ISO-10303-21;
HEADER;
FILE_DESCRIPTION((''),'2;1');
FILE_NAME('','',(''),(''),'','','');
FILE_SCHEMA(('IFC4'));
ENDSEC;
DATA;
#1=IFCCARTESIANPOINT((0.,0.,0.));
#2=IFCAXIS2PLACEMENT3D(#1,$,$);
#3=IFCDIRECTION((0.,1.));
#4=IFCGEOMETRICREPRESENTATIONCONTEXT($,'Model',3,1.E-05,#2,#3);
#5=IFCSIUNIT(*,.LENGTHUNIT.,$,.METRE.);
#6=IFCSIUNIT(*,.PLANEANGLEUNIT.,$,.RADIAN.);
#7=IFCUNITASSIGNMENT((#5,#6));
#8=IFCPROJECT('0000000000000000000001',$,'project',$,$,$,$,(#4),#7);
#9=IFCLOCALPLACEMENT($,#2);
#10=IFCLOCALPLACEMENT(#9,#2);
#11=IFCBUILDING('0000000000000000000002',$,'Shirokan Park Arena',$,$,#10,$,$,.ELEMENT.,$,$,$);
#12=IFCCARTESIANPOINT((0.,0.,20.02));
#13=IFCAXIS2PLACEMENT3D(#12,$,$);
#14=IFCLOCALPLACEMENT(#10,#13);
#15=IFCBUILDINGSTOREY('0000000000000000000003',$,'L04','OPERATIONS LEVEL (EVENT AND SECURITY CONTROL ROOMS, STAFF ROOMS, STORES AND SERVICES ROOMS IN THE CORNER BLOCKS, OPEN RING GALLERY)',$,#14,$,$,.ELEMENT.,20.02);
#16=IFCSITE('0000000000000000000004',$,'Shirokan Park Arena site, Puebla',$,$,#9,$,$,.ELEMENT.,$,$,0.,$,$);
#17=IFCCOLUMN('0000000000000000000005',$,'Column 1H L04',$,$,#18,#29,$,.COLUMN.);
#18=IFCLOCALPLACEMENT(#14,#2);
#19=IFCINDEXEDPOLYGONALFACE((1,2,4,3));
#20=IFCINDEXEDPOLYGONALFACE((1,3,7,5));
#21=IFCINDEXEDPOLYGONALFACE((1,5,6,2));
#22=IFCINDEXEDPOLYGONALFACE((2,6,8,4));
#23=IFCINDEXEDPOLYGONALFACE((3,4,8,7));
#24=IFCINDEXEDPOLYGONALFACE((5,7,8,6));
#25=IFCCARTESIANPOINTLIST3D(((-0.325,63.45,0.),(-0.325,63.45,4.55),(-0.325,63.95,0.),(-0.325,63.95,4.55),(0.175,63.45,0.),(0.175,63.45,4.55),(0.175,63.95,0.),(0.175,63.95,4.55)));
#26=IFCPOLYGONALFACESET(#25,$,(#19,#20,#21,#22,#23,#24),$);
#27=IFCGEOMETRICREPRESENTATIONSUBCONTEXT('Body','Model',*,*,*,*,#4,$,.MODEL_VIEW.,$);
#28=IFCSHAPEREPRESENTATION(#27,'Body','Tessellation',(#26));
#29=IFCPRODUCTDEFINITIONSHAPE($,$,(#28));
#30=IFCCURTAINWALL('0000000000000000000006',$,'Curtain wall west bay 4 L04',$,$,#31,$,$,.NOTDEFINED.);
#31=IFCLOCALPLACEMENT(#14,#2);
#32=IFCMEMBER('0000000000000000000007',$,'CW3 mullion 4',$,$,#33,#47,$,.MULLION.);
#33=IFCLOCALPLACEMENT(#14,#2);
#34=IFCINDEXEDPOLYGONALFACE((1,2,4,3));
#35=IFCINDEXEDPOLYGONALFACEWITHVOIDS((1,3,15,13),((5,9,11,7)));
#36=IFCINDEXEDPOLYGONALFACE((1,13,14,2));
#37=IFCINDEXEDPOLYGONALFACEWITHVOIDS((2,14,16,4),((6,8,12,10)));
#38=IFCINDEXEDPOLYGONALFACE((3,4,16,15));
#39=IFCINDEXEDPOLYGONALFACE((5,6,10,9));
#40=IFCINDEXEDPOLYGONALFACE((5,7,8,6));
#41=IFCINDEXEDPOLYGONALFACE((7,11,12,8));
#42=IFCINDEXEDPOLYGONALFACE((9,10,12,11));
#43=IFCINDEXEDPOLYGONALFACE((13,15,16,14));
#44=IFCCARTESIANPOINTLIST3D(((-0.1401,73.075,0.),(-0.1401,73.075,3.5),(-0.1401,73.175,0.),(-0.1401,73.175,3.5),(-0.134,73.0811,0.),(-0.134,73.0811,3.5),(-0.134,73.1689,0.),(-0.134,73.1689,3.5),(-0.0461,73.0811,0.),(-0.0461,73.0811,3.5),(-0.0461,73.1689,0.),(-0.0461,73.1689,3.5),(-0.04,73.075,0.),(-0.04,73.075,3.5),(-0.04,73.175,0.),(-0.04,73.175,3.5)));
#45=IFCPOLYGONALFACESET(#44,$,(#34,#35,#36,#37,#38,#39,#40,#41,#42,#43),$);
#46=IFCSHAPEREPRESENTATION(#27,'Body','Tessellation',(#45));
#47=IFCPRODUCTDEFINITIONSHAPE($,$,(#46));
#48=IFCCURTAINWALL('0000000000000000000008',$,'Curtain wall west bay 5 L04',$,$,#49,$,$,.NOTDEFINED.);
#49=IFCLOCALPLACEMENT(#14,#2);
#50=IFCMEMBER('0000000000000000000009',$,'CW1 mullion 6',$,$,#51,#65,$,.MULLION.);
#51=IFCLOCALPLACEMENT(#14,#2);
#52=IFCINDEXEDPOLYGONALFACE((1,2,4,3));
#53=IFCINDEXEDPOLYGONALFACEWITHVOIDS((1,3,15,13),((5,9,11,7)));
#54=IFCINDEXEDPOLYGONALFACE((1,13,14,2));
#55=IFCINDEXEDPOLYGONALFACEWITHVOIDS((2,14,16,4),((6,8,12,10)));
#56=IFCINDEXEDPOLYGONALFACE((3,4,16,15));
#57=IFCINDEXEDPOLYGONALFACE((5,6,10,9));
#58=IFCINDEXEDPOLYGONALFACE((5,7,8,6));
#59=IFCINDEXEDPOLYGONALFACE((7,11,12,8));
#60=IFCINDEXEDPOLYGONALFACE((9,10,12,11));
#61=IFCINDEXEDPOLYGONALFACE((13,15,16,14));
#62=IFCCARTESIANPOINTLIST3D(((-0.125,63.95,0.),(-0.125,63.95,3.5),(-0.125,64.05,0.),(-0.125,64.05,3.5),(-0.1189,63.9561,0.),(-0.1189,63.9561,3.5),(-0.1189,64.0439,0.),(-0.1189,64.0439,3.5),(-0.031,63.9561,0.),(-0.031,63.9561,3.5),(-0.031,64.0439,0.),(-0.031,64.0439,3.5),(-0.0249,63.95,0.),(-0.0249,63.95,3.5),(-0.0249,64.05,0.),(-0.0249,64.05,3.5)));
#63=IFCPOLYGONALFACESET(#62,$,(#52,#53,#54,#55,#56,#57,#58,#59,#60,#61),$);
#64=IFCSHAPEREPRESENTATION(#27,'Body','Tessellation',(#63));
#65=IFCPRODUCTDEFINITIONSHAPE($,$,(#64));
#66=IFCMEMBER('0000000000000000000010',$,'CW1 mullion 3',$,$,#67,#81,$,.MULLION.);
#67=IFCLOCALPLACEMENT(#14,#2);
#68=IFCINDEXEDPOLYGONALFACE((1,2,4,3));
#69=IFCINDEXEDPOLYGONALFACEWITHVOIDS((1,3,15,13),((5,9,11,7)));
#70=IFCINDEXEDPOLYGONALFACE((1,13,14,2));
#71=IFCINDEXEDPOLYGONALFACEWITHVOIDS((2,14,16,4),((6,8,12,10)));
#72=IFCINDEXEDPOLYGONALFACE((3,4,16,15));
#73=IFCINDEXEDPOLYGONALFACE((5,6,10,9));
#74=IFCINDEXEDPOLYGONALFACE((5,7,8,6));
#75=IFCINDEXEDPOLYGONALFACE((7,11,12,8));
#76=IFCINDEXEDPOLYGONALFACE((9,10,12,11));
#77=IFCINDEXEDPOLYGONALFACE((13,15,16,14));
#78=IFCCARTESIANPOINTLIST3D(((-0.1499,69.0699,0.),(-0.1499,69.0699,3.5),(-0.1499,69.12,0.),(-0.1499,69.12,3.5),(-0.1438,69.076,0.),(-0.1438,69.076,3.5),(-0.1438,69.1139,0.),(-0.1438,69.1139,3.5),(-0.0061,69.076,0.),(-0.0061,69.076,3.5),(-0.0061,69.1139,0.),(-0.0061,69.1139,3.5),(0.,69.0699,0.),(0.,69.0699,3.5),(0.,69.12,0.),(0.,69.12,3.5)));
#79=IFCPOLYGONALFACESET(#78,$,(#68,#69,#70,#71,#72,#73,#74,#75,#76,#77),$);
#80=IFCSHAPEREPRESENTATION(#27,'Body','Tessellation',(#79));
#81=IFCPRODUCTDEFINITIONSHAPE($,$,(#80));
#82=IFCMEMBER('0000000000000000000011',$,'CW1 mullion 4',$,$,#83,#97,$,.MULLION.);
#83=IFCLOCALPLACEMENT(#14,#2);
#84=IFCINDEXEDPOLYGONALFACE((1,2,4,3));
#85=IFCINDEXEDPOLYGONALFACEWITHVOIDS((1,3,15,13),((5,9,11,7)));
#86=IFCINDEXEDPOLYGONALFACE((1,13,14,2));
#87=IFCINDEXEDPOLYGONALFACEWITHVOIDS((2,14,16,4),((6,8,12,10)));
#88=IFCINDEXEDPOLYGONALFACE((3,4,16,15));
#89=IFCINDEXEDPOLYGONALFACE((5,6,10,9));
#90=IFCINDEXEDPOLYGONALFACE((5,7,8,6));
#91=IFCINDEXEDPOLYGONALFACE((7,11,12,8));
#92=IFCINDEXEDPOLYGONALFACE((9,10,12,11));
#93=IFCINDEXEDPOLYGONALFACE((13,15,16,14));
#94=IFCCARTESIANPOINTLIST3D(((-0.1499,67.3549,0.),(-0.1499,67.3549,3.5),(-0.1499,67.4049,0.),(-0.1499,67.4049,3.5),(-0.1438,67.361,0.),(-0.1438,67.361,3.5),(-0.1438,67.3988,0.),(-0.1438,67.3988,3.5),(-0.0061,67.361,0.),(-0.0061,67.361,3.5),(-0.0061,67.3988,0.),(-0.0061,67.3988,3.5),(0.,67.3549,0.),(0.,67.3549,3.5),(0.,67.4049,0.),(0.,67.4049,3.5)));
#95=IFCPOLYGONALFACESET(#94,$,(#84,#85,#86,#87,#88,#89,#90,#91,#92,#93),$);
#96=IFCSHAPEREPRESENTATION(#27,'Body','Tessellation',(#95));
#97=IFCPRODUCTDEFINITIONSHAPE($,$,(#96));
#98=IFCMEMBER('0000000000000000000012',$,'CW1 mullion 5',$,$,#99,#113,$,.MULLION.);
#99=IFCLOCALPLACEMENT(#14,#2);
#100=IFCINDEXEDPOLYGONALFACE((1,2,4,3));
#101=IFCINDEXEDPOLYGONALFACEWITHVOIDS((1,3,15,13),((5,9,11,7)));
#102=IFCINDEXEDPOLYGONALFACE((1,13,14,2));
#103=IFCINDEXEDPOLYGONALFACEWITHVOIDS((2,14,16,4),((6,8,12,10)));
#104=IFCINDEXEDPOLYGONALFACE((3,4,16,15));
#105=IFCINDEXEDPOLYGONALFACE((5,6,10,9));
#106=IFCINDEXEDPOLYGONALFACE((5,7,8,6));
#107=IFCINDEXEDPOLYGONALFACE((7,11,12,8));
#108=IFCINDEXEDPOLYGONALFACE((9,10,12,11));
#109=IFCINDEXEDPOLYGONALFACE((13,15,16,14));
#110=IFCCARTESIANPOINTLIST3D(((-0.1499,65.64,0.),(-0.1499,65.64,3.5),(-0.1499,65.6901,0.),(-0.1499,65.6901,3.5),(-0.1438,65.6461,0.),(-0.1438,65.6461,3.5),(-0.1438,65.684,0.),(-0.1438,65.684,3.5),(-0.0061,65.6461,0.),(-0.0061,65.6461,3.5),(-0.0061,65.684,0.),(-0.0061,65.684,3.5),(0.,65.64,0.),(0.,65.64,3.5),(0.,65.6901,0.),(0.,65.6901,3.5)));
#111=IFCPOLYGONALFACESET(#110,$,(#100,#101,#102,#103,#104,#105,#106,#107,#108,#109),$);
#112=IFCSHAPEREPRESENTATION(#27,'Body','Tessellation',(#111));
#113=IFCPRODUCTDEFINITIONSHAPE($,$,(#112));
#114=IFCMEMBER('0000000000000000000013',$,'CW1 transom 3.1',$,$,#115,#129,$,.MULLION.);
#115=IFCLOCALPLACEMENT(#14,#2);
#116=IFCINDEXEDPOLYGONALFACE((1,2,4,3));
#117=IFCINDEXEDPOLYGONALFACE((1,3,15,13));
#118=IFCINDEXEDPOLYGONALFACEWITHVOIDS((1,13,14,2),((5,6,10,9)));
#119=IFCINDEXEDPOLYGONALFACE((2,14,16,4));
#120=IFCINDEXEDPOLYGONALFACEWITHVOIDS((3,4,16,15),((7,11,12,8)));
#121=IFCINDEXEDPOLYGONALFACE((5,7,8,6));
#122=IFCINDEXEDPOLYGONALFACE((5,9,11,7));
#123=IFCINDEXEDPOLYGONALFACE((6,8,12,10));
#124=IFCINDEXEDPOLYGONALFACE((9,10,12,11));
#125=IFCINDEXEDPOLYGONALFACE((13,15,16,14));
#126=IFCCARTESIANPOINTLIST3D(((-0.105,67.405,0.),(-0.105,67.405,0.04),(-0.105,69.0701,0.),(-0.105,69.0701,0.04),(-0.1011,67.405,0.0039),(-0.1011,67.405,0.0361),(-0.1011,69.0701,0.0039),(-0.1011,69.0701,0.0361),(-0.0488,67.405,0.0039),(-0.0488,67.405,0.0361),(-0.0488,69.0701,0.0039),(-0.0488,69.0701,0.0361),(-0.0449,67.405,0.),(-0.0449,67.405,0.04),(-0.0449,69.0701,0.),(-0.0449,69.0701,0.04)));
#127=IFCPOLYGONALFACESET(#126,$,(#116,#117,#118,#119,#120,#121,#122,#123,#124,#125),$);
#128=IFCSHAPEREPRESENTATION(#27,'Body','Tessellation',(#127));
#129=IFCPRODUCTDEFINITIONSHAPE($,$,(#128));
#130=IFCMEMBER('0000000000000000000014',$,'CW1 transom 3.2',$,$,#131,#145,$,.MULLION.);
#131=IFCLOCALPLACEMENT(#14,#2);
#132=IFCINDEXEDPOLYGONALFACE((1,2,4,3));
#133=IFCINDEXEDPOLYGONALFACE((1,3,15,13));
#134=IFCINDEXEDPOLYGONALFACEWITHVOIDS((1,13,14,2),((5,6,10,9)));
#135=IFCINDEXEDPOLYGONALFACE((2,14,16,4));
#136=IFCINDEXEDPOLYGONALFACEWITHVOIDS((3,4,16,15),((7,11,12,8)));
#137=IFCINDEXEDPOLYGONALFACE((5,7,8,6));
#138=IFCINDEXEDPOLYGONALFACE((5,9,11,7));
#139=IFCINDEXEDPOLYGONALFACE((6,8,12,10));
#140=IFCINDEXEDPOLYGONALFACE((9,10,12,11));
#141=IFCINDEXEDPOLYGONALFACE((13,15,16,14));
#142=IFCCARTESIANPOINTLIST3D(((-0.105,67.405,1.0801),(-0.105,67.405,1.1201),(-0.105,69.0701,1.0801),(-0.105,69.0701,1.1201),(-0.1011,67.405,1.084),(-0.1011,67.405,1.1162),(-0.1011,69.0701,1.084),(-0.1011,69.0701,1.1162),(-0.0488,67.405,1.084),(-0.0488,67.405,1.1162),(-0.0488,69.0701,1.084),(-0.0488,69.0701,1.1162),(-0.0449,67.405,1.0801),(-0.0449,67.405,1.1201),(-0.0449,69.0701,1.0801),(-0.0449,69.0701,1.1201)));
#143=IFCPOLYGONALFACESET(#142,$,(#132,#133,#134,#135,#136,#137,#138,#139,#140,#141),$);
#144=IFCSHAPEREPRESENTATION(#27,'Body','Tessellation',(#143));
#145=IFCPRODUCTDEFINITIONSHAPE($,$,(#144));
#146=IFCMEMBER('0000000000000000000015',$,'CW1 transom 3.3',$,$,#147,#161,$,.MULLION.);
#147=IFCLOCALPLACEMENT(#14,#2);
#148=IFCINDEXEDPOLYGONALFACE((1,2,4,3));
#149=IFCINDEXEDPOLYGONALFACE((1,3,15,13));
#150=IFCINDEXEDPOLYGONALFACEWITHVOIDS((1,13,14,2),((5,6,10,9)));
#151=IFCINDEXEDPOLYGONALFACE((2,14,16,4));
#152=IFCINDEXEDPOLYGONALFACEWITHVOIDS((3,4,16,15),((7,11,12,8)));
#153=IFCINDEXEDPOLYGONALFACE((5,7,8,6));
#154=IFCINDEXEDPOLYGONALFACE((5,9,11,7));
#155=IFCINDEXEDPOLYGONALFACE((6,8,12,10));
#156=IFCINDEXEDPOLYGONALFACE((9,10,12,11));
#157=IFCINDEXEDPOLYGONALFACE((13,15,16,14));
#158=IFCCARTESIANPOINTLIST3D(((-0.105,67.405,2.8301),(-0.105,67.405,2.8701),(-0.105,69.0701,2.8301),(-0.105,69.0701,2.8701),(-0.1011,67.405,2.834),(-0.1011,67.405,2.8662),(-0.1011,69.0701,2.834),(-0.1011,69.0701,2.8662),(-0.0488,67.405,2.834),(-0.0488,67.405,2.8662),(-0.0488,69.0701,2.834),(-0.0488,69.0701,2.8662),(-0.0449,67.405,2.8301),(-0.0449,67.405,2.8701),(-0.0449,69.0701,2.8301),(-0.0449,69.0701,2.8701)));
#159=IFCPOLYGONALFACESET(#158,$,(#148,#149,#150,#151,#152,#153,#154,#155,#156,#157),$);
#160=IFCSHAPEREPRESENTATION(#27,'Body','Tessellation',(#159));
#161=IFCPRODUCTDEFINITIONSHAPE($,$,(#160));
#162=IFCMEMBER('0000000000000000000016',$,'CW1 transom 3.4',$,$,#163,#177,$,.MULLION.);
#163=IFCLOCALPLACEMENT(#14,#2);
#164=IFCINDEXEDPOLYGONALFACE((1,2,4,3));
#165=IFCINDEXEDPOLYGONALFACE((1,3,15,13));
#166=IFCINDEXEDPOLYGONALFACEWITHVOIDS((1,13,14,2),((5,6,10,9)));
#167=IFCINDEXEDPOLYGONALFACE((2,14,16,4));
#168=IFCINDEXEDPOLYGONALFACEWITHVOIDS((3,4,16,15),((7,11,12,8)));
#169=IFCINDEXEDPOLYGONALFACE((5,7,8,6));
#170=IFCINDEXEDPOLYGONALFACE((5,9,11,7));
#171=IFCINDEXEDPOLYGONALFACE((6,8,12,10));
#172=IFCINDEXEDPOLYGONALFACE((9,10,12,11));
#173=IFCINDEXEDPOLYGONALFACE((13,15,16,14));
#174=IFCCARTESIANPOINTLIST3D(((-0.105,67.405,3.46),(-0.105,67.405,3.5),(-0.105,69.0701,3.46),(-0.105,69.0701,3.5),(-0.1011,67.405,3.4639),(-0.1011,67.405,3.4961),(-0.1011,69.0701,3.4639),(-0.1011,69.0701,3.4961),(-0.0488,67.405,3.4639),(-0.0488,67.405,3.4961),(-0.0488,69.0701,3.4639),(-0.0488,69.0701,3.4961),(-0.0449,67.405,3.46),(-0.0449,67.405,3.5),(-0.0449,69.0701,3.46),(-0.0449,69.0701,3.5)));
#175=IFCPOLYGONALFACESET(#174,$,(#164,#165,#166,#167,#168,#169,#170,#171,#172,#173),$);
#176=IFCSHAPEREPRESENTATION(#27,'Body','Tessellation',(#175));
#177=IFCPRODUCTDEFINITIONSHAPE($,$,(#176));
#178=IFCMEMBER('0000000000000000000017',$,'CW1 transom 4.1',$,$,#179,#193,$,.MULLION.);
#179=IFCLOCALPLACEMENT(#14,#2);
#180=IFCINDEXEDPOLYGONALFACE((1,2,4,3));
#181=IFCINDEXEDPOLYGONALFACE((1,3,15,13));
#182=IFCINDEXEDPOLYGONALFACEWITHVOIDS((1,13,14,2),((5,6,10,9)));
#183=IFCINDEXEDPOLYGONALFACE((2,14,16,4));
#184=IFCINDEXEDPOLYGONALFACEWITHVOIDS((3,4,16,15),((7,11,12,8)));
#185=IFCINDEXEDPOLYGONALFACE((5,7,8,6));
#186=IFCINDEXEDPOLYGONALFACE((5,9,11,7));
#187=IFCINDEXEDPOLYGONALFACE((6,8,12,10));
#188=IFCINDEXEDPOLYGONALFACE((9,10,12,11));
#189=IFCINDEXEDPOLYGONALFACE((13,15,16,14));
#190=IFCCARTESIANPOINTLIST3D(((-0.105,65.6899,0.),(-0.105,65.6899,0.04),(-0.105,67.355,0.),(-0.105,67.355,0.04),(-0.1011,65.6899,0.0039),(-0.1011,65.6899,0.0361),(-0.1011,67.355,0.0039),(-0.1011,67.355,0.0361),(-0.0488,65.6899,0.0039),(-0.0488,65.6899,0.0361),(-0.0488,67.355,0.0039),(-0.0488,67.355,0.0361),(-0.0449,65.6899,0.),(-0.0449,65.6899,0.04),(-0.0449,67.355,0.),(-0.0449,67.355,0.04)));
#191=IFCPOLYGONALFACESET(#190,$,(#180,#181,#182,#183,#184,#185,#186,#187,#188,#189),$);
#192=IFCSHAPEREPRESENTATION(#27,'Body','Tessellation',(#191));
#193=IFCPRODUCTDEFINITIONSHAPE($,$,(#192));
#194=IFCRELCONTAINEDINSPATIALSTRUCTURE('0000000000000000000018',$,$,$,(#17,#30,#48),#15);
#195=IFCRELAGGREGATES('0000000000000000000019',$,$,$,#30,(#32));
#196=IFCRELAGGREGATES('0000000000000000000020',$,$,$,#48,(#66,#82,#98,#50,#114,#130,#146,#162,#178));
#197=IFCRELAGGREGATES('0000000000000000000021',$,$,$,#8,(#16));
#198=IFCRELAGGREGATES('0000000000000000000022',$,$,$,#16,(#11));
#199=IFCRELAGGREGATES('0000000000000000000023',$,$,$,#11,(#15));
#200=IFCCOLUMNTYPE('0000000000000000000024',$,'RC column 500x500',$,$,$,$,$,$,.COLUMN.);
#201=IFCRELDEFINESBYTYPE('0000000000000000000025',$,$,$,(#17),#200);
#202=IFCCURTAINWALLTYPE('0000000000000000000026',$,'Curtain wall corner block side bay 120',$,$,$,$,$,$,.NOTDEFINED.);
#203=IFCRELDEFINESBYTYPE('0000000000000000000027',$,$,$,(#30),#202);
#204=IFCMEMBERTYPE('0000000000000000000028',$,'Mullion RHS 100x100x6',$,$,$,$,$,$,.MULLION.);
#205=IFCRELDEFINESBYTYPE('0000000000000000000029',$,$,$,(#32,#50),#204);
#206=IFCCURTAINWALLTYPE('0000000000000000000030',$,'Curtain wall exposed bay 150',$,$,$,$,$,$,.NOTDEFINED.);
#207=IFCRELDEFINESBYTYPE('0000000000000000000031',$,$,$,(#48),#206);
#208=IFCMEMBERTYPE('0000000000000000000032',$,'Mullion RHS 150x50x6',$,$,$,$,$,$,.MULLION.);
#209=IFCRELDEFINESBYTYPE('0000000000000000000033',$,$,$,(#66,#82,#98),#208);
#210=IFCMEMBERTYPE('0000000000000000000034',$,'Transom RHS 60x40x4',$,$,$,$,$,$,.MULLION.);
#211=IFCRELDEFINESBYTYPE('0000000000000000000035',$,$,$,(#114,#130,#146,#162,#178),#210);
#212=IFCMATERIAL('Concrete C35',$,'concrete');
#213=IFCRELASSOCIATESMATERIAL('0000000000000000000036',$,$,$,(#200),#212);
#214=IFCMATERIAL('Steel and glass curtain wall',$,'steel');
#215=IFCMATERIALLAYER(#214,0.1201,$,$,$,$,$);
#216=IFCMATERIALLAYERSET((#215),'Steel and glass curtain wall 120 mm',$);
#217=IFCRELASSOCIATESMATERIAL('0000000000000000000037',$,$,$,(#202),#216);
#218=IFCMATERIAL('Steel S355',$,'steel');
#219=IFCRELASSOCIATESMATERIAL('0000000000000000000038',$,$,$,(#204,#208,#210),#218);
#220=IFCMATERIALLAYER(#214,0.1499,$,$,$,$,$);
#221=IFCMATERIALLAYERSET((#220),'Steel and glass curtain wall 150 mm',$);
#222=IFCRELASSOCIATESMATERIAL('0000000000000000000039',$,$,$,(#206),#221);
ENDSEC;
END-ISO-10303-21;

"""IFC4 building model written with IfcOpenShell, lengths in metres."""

from ifc_helpers import new_model, si_unit, direction, frame, origin, origin_2d, place, context, subcontext, project, spatial, rectangle, hollow_rectangle, extrude, material, layer, layer_set, material_profile, profile_set, type_object, element, aggregate, save


model = new_model("IFC4")

# Units and contexts
model_context = context("Model", 3, precision=1e-05, world=origin(), true_north=direction((0.0, 1.0)))
body_context = subcontext(model_context, "Body", "Model", "MODEL_VIEW")
ifc_project = project(units=[si_unit("LENGTHUNIT", "METRE"), si_unit("PLANEANGLEUNIT", "RADIAN")], contexts=[model_context])

# Site, building, storey
site_placement = place(None, origin())
site = spatial("IfcSite", under=ifc_project, at=site_placement, Name="Shirokan Park Arena site, Puebla", CompositionType="ELEMENT", RefElevation=0.0)
building_placement = place(site_placement, origin())
building = spatial("IfcBuilding", under=site, at=building_placement, Name="Shirokan Park Arena", CompositionType="ELEMENT")
storey_placement = place(building_placement, frame((0.0, 0.0, 20.02)))
storey = spatial("IfcBuildingStorey", under=building, at=storey_placement, Name="L04", Description="OPERATIONS LEVEL (EVENT AND SECURITY CONTROL ROOMS, STAFF ROOMS, STORES AND SERVICES ROOMS IN THE CORNER BLOCKS, OPEN RING GALLERY)", CompositionType="ELEMENT", Elevation=20.02)

# Column
ifc_material_1 = material(Name="Concrete C35", Category="concrete")
ifc_material_profile_1 = material_profile(ifc_material_1, rectangle(XDim=0.5, YDim=0.5, at=origin_2d()), Name="500x500")
ifc_profile_set_1 = profile_set([ifc_material_profile_1], Name="Concrete C35")
column_type = type_object("IfcColumnType", Name="RC column 500x500", PredefinedType="COLUMN", material=ifc_profile_set_1)
column_placement = place(storey_placement, frame((-0.075, 63.7, 0.0), z_axis=(0.0, 0.0, 1.0), x_axis=(1.0, 0.0, 0.0)))
element("IfcColumn", 1, at=column_placement, inside=storey, type_object=column_type, Name="Column 1H L04", PredefinedType="COLUMN", context=body_context, shape_type="SweptSolid", body=[
    extrude(rectangle(XDim=0.5, YDim=0.5, at=origin_2d()), origin(), (0.0, 0.0, 1.0), 4.55),
])

# Curtain wall, member
ifc_material_2 = material(Name="Steel and glass curtain wall", Category="steel")
ifc_layer_1 = layer(ifc_material_2, 0.1201)
ifc_layer_set_1 = layer_set([ifc_layer_1], Name="Steel and glass curtain wall 120 mm")
curtain_wall_type_1 = type_object("IfcCurtainWallType", Name="Curtain wall corner block side bay 120", PredefinedType="NOTDEFINED", material=ifc_layer_set_1)
curtain_wall_1_placement = place(storey_placement, origin())
curtain_wall_1 = element("IfcCurtainWall", 2, at=curtain_wall_1_placement, inside=storey, type_object=curtain_wall_type_1, Name="Curtain wall west bay 4 L04", PredefinedType="NOTDEFINED")
ifc_material_3 = material(Name="Steel S355", Category="steel")
ifc_material_profile_2 = material_profile(ifc_material_3, hollow_rectangle(XDim=0.1001, YDim=0.1001, WallThickness=0.0061, at=origin_2d()), Name="RHS 100x100x6")
ifc_profile_set_2 = profile_set([ifc_material_profile_2], Name="Steel S355")
member_type_1 = type_object("IfcMemberType", Name="Mullion RHS 100x100x6", PredefinedType="MULLION", material=ifc_profile_set_2)
member_1_placement = place(storey_placement, frame((-0.0901, 73.125, 0.0), z_axis=(0.0, 0.0, 1.0), x_axis=(1.0, 0.0, 0.0)))
member_1 = element("IfcMember", 3, at=member_1_placement, type_object=member_type_1, Name="CW3 mullion 4", PredefinedType="MULLION", context=body_context, shape_type="SweptSolid", body=[
    extrude(hollow_rectangle(XDim=0.1001, YDim=0.1001, WallThickness=0.0061, at=origin_2d()), origin(), (0.0, 0.0, 1.0), 3.5),
])
aggregate(curtain_wall_1, [member_1])

# Curtain wall, members
ifc_layer_2 = layer(ifc_material_2, 0.1499)
ifc_layer_set_2 = layer_set([ifc_layer_2], Name="Steel and glass curtain wall 150 mm")
curtain_wall_type_2 = type_object("IfcCurtainWallType", Name="Curtain wall exposed bay 150", PredefinedType="NOTDEFINED", material=ifc_layer_set_2)
curtain_wall_2_placement = place(storey_placement, origin())
curtain_wall_2 = element("IfcCurtainWall", 4, at=curtain_wall_2_placement, inside=storey, type_object=curtain_wall_type_2, Name="Curtain wall west bay 5 L04", PredefinedType="NOTDEFINED")
member_2_placement = place(storey_placement, frame((-0.075, 64.0, 0.0), z_axis=(0.0, 0.0, 1.0), x_axis=(1.0, 0.0, 0.0)))
member_2 = element("IfcMember", 5, at=member_2_placement, type_object=member_type_1, Name="CW1 mullion 6", PredefinedType="MULLION", context=body_context, shape_type="SweptSolid", body=[
    extrude(hollow_rectangle(XDim=0.1001, YDim=0.1001, WallThickness=0.0061, at=origin_2d()), origin(), (0.0, 0.0, 1.0), 3.5),
])
ifc_material_profile_3 = material_profile(ifc_material_3, hollow_rectangle(XDim=0.1499, YDim=0.05, WallThickness=0.0061, at=origin_2d()), Name="RHS 150x50x6")
ifc_profile_set_3 = profile_set([ifc_material_profile_3], Name="Steel S355")
member_type_2 = type_object("IfcMemberType", Name="Mullion RHS 150x50x6", PredefinedType="MULLION", material=ifc_profile_set_3)
member_3_placement = place(storey_placement, frame((-0.075, 69.095, 0.0), z_axis=(0.0, 0.0, 1.0), x_axis=(1.0, 0.0, 0.0)))
member_3 = element("IfcMember", 6, at=member_3_placement, type_object=member_type_2, Name="CW1 mullion 3", PredefinedType="MULLION", context=body_context, shape_type="SweptSolid", body=[
    extrude(hollow_rectangle(XDim=0.1499, YDim=0.05, WallThickness=0.0061, at=origin_2d()), origin(), (0.0, 0.0, 1.0), 3.5),
])
member_4_placement = place(storey_placement, frame((-0.075, 67.3799, 0.0), z_axis=(0.0, 0.0, 1.0), x_axis=(1.0, 0.0, 0.0)))
member_4 = element("IfcMember", 7, at=member_4_placement, type_object=member_type_2, Name="CW1 mullion 4", PredefinedType="MULLION", context=body_context, shape_type="SweptSolid", body=[
    extrude(hollow_rectangle(XDim=0.1499, YDim=0.05, WallThickness=0.0061, at=origin_2d()), origin(), (0.0, 0.0, 1.0), 3.5),
])
member_5_placement = place(storey_placement, frame((-0.075, 65.665, 0.0), z_axis=(0.0, 0.0, 1.0), x_axis=(1.0, 0.0, 0.0)))
member_5 = element("IfcMember", 8, at=member_5_placement, type_object=member_type_2, Name="CW1 mullion 5", PredefinedType="MULLION", context=body_context, shape_type="SweptSolid", body=[
    extrude(hollow_rectangle(XDim=0.1499, YDim=0.05, WallThickness=0.0061, at=origin_2d()), origin(), (0.0, 0.0, 1.0), 3.5),
])
ifc_material_profile_4 = material_profile(ifc_material_3, hollow_rectangle(XDim=0.0601, YDim=0.04, WallThickness=0.0039, at=origin_2d()), Name="RHS 60x40x4")
ifc_profile_set_4 = profile_set([ifc_material_profile_4], Name="Steel S355")
member_type_3 = type_object("IfcMemberType", Name="Transom RHS 60x40x4", PredefinedType="MULLION", material=ifc_profile_set_4)
member_6_placement = place(storey_placement, frame((-0.075, 69.0701, 0.02), z_axis=(0.0, -1.0, 0.0), x_axis=(1.0, 0.0, 0.0)))
member_6 = element("IfcMember", 9, at=member_6_placement, type_object=member_type_3, Name="CW1 transom 3.1", PredefinedType="MULLION", context=body_context, shape_type="SweptSolid", body=[
    extrude(hollow_rectangle(XDim=0.0601, YDim=0.04, WallThickness=0.0039, at=origin_2d()), origin(), (0.0, 0.0, 1.0), 1.665),
])
member_7_placement = place(storey_placement, frame((-0.075, 69.0701, 1.1001), z_axis=(0.0, -1.0, 0.0), x_axis=(1.0, 0.0, 0.0)))
member_7 = element("IfcMember", 10, at=member_7_placement, type_object=member_type_3, Name="CW1 transom 3.2", PredefinedType="MULLION", context=body_context, shape_type="SweptSolid", body=[
    extrude(hollow_rectangle(XDim=0.0601, YDim=0.04, WallThickness=0.0039, at=origin_2d()), origin(), (0.0, 0.0, 1.0), 1.665),
])
member_8_placement = place(storey_placement, frame((-0.075, 69.0701, 2.8501), z_axis=(0.0, -1.0, 0.0), x_axis=(1.0, 0.0, 0.0)))
member_8 = element("IfcMember", 11, at=member_8_placement, type_object=member_type_3, Name="CW1 transom 3.3", PredefinedType="MULLION", context=body_context, shape_type="SweptSolid", body=[
    extrude(hollow_rectangle(XDim=0.0601, YDim=0.04, WallThickness=0.0039, at=origin_2d()), origin(), (0.0, 0.0, 1.0), 1.665),
])
member_9_placement = place(storey_placement, frame((-0.075, 69.0701, 3.48), z_axis=(0.0, -1.0, 0.0), x_axis=(1.0, 0.0, 0.0)))
member_9 = element("IfcMember", 12, at=member_9_placement, type_object=member_type_3, Name="CW1 transom 3.4", PredefinedType="MULLION", context=body_context, shape_type="SweptSolid", body=[
    extrude(hollow_rectangle(XDim=0.0601, YDim=0.04, WallThickness=0.0039, at=origin_2d()), origin(), (0.0, 0.0, 1.0), 1.665),
])
member_10_placement = place(storey_placement, frame((-0.075, 67.355, 0.02), z_axis=(0.0, -1.0, 0.0), x_axis=(1.0, 0.0, 0.0)))
member_10 = element("IfcMember", 13, at=member_10_placement, type_object=member_type_3, Name="CW1 transom 4.1", PredefinedType="MULLION", context=body_context, shape_type="SweptSolid", body=[
    extrude(hollow_rectangle(XDim=0.0601, YDim=0.04, WallThickness=0.0039, at=origin_2d()), origin(), (0.0, 0.0, 1.0), 1.665),
])
aggregate(curtain_wall_2, [member_3, member_4, member_5, member_2, member_6, member_7, member_8, member_9, member_10])

save(model, "model.ifc")
